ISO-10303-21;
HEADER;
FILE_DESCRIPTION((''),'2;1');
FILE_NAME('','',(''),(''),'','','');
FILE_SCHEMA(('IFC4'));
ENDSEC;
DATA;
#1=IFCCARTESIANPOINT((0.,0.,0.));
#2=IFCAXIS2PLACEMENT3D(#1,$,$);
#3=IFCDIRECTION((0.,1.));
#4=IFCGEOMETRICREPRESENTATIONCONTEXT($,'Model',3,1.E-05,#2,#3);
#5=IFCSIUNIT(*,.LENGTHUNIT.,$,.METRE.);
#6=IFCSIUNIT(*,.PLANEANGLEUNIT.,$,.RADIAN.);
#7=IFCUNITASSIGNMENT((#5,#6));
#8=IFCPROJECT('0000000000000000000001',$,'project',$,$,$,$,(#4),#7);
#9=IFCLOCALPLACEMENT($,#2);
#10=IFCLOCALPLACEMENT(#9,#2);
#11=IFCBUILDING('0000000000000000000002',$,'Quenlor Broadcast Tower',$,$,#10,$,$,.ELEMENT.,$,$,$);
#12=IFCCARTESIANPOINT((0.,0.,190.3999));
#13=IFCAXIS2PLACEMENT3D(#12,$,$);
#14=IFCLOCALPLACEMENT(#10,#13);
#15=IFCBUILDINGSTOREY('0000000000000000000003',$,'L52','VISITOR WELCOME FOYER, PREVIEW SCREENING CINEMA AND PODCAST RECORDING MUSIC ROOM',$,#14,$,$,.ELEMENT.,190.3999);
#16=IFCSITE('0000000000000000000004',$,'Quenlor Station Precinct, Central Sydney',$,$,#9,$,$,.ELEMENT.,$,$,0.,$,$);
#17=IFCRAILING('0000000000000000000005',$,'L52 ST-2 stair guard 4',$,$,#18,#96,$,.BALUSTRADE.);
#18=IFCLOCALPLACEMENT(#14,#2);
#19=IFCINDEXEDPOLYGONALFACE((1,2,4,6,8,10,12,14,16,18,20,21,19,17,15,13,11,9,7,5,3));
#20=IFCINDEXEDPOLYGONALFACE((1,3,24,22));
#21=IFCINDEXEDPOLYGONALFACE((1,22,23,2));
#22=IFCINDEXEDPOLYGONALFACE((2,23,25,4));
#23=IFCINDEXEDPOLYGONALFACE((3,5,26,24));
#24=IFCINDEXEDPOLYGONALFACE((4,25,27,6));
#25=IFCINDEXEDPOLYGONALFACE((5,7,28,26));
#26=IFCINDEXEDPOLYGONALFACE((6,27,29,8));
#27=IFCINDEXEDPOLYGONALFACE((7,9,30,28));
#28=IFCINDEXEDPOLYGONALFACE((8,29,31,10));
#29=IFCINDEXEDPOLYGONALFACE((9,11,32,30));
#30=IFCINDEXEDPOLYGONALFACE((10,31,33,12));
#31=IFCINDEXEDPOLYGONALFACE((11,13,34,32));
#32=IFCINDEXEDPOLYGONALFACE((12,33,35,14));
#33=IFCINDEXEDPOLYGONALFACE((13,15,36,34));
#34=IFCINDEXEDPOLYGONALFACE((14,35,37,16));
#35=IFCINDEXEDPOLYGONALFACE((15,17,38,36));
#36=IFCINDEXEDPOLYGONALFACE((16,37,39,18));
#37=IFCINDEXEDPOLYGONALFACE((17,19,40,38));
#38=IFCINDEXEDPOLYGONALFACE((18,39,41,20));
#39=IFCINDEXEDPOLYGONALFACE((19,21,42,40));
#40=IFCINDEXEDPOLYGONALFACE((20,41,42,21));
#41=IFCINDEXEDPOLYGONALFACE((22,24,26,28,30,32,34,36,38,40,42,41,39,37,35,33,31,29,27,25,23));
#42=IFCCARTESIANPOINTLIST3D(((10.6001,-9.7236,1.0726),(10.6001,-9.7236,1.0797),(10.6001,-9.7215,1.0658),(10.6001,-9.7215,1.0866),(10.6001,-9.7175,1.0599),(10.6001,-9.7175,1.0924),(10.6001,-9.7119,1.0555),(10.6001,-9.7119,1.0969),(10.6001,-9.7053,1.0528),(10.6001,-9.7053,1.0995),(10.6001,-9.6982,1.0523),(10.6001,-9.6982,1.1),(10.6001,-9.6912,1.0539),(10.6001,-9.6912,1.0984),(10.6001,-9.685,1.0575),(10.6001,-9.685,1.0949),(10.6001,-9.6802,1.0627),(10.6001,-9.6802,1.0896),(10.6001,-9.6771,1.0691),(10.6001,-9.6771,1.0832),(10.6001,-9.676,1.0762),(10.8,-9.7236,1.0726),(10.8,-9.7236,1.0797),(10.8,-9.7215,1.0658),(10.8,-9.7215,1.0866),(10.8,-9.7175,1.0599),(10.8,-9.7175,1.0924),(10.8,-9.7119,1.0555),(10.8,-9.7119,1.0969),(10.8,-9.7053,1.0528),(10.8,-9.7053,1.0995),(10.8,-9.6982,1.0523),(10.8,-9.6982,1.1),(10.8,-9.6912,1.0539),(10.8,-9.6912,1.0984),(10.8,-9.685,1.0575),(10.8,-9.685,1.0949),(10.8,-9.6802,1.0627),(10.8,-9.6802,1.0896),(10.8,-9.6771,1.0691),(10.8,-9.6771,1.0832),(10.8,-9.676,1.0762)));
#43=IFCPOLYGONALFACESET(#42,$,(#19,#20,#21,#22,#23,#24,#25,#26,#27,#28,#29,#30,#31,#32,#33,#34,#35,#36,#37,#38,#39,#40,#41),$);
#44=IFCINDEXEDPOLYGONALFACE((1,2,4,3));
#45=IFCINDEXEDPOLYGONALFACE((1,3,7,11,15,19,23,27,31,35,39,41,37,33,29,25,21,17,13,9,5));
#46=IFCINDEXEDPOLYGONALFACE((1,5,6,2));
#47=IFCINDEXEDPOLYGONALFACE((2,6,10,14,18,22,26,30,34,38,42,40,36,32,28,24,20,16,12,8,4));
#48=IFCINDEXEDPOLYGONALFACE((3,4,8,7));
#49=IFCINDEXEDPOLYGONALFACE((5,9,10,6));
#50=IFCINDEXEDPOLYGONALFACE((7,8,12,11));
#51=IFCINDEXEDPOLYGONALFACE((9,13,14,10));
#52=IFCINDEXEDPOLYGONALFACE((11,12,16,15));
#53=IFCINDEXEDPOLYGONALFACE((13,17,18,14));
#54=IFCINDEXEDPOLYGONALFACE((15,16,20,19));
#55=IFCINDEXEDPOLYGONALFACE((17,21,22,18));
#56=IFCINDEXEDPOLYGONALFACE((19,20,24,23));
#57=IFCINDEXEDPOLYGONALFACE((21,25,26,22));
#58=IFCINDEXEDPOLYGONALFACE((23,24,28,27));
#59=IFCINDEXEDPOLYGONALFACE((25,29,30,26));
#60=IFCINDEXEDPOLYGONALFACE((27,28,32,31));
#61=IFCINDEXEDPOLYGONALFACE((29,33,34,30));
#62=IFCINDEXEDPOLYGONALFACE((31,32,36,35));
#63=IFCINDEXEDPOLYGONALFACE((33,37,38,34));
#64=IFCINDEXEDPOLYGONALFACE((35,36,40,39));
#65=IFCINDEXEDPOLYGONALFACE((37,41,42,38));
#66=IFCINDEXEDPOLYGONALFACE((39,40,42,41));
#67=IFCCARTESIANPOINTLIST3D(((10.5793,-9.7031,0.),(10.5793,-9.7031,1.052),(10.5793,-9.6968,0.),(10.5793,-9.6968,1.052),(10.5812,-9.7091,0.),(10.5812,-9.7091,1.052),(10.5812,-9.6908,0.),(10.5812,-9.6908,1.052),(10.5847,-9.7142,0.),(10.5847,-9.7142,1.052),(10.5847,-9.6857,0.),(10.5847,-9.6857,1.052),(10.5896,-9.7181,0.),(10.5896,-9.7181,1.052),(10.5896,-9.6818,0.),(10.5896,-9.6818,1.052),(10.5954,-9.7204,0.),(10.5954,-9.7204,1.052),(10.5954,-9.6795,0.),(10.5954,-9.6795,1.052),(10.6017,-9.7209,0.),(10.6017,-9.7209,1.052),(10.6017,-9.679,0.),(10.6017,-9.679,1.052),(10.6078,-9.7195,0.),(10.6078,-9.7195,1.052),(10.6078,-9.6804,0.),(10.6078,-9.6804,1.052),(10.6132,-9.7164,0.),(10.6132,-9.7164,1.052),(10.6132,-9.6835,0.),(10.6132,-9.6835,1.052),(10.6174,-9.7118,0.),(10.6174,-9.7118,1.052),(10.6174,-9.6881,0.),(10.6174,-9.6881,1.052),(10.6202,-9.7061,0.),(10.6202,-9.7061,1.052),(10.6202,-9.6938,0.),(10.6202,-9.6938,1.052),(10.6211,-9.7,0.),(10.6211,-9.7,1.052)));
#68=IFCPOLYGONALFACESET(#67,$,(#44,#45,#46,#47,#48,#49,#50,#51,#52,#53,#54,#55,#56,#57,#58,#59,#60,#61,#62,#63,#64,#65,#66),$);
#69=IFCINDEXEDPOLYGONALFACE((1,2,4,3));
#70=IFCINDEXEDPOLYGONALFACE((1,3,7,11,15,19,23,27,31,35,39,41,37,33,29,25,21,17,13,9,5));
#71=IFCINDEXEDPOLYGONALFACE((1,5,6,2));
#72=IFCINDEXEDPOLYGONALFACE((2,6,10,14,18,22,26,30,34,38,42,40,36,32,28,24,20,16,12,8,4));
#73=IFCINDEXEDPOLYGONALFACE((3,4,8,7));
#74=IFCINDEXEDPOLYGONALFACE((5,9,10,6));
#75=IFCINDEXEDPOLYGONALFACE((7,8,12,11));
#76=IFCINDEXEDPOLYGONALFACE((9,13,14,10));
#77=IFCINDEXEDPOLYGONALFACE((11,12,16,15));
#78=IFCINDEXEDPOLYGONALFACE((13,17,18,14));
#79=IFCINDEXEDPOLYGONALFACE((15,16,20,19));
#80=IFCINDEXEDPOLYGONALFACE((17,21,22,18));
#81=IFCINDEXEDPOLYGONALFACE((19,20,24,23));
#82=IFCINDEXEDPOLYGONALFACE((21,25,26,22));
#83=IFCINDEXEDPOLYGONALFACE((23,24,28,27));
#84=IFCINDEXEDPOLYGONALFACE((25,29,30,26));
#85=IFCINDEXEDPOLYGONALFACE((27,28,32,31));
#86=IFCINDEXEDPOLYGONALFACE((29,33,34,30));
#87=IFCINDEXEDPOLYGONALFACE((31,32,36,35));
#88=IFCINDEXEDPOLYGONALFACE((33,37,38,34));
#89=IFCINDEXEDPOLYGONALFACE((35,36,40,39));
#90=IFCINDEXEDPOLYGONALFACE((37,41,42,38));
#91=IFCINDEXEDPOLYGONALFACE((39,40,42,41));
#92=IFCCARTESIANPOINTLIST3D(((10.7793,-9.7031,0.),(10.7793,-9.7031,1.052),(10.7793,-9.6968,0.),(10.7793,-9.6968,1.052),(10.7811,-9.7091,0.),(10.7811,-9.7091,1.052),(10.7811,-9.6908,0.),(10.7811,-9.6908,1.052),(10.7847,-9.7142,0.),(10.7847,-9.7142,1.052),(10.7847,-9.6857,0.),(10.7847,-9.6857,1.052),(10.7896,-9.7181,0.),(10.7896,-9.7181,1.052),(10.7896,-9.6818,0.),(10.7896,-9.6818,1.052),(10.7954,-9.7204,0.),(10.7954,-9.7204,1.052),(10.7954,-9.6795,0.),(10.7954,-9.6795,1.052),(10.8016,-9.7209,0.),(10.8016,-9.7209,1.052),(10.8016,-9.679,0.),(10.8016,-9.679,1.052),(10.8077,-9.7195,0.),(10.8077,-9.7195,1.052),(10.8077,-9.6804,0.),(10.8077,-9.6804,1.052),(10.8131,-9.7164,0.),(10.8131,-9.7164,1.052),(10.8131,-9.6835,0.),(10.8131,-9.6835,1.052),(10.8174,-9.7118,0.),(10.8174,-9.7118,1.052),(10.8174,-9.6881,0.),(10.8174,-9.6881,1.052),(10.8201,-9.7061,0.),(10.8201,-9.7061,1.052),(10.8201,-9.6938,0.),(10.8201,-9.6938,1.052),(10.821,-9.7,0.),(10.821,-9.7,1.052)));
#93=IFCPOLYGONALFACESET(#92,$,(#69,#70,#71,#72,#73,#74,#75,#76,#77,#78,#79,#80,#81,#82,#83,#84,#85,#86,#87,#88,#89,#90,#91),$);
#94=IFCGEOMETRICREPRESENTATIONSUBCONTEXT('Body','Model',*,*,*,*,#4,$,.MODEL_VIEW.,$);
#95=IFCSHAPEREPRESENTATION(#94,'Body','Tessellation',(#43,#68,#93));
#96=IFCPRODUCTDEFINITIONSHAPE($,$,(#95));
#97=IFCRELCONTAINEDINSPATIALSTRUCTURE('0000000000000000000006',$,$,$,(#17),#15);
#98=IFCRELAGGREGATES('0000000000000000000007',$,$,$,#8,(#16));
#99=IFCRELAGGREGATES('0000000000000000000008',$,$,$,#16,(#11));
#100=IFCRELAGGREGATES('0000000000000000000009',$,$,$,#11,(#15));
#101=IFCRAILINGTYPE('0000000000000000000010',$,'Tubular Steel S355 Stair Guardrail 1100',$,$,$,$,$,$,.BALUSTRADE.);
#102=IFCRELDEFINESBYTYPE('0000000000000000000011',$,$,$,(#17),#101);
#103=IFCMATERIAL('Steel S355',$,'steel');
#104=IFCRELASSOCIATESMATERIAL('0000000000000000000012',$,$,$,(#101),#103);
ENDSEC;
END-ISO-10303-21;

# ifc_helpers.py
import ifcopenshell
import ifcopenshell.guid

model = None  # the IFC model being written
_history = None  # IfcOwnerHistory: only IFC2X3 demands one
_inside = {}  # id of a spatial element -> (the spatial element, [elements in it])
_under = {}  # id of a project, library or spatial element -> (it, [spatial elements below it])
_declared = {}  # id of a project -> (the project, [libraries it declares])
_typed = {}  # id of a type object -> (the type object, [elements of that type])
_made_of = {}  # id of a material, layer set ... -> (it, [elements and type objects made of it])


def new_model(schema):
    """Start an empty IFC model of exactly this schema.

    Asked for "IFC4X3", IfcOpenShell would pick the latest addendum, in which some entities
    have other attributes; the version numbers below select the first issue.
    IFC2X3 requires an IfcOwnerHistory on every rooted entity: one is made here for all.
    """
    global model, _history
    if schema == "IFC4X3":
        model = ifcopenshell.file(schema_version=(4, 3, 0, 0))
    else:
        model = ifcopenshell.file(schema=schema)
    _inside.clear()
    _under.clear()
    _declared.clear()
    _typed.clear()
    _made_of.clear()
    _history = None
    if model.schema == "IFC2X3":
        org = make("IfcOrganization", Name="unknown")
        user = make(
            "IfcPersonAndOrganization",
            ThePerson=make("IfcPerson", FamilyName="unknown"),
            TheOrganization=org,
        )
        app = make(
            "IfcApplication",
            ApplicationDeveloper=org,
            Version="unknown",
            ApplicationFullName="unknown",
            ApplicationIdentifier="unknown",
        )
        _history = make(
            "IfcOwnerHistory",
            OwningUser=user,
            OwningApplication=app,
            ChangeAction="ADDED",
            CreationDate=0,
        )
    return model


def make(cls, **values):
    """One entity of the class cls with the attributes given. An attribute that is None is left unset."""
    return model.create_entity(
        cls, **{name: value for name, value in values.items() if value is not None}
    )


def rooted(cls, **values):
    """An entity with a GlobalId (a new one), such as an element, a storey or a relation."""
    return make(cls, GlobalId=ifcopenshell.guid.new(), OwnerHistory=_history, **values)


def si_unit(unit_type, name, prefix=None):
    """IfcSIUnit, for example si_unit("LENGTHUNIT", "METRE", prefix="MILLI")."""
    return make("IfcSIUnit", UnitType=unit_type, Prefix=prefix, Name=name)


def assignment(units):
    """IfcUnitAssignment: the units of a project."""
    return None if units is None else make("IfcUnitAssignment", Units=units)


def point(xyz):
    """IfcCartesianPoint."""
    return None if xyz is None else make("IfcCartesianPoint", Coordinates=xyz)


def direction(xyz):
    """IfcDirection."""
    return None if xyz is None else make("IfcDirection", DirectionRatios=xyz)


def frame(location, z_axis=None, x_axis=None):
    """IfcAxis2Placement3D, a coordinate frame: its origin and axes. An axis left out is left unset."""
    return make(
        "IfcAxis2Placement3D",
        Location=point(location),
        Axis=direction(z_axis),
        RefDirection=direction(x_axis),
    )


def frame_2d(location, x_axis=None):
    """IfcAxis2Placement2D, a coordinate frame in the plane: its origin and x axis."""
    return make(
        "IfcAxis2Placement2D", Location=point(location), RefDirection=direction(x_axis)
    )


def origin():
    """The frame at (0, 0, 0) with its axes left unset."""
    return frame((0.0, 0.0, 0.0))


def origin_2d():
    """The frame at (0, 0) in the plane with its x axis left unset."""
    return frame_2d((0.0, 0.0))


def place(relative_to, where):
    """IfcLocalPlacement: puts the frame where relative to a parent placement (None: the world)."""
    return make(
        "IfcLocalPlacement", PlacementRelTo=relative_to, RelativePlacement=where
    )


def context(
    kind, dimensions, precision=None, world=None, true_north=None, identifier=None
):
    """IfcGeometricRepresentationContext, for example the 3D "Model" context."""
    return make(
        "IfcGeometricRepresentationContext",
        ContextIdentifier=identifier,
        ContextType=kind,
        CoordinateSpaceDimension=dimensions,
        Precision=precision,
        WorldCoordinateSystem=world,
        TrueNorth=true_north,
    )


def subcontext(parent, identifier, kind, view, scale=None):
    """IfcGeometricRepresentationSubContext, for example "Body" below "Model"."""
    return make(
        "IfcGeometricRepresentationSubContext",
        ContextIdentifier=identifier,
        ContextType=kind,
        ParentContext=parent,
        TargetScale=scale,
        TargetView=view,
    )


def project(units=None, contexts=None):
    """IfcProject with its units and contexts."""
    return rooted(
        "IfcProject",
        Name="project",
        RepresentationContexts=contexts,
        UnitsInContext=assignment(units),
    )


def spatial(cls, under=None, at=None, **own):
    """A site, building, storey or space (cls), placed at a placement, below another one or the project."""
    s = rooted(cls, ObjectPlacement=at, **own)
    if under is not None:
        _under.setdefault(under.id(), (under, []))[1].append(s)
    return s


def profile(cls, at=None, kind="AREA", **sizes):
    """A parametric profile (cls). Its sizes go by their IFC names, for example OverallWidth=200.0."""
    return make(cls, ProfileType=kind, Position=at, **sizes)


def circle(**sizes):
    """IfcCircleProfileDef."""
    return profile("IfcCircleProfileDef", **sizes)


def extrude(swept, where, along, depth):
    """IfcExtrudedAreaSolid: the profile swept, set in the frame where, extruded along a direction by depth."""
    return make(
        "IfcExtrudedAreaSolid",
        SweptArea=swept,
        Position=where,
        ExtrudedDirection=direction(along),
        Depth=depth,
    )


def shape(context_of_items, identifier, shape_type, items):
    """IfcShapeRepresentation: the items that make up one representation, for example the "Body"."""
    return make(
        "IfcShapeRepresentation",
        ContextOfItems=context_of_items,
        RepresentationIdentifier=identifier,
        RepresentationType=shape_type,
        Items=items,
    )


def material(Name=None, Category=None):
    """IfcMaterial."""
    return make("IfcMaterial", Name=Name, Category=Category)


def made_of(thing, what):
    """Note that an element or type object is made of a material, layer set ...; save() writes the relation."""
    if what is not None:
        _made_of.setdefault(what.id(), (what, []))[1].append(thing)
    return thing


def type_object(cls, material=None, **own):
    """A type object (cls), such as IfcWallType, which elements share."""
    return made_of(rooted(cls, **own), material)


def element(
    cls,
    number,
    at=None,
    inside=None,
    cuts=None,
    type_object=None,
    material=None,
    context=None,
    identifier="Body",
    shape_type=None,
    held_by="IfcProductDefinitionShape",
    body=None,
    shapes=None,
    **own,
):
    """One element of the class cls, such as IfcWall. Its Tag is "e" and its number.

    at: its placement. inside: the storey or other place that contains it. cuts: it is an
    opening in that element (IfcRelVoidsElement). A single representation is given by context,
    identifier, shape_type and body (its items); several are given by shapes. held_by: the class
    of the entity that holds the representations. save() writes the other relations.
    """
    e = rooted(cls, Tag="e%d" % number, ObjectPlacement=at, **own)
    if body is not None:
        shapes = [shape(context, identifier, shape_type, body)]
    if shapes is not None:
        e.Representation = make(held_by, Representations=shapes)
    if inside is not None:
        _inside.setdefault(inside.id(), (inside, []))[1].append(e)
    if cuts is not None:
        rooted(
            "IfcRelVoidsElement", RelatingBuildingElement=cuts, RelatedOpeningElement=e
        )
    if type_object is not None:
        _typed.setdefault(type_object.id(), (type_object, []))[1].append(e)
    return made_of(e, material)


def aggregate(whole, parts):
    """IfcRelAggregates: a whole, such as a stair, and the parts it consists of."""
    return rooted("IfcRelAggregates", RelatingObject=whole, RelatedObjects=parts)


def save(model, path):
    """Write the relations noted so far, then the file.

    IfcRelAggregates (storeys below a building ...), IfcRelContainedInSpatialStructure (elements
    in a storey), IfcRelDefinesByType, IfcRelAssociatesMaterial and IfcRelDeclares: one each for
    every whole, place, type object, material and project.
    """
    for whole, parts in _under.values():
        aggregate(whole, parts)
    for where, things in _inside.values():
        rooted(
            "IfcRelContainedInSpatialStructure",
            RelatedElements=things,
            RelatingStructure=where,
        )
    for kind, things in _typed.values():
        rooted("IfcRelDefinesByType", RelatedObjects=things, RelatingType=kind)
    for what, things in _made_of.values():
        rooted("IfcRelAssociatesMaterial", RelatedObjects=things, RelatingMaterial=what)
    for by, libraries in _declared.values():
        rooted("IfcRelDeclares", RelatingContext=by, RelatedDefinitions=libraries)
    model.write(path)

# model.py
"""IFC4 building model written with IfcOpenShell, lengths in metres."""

from ifc_helpers import new_model, si_unit, direction, frame, origin, origin_2d, place, context, subcontext, project, spatial, circle, extrude, material, type_object, element, save


model = new_model("IFC4")

# Units and contexts
model_context = context("Model", 3, precision=1e-05, world=origin(), true_north=direction((0.0, 1.0)))
body_context = subcontext(model_context, "Body", "Model", "MODEL_VIEW")
ifc_project = project(units=[si_unit("LENGTHUNIT", "METRE"), si_unit("PLANEANGLEUNIT", "RADIAN")], contexts=[model_context])

# Site, building, storey
site_placement = place(None, origin())
site = spatial("IfcSite", under=ifc_project, at=site_placement, Name="Quenlor Station Precinct, Central Sydney", CompositionType="ELEMENT", RefElevation=0.0)
building_placement = place(site_placement, origin())
building = spatial("IfcBuilding", under=site, at=building_placement, Name="Quenlor Broadcast Tower", CompositionType="ELEMENT")
storey_placement = place(building_placement, frame((0.0, 0.0, 190.3999)))
storey = spatial("IfcBuildingStorey", under=building, at=storey_placement, Name="L52", Description="VISITOR WELCOME FOYER, PREVIEW SCREENING CINEMA AND PODCAST RECORDING MUSIC ROOM", CompositionType="ELEMENT", Elevation=190.3999)

# Railing
ifc_material_1 = material(Name="Steel S355", Category="steel")
railing_type_1 = type_object("IfcRailingType", Name="Tubular Steel S355 Stair Guardrail 1100", PredefinedType="BALUSTRADE", material=ifc_material_1)
railing_1_placement = place(storey_placement, frame((10.6001, -9.7, 0.0)))
element("IfcRailing", 1, at=railing_1_placement, inside=storey, type_object=railing_type_1, Name="L52 ST-2 stair guard 4", PredefinedType="BALUSTRADE", context=body_context, shape_type="SweptSolid", body=[
    extrude(circle(Radius=0.0239, at=origin_2d()), frame((0.0, 0.0, 1.0762), z_axis=(1.0, 0.0, 0.0), x_axis=(0.0, 1.0, 0.0)), (0.0, 0.0, 1.0), 0.2),
    extrude(circle(Radius=0.021, at=origin_2d()), origin(), (0.0, 0.0, 1.0), 1.052),
    extrude(circle(Radius=0.021, at=origin_2d()), frame((0.2, 0.0, 0.0)), (0.0, 0.0, 1.0), 1.052),
])

save(model, "model.ifc")
